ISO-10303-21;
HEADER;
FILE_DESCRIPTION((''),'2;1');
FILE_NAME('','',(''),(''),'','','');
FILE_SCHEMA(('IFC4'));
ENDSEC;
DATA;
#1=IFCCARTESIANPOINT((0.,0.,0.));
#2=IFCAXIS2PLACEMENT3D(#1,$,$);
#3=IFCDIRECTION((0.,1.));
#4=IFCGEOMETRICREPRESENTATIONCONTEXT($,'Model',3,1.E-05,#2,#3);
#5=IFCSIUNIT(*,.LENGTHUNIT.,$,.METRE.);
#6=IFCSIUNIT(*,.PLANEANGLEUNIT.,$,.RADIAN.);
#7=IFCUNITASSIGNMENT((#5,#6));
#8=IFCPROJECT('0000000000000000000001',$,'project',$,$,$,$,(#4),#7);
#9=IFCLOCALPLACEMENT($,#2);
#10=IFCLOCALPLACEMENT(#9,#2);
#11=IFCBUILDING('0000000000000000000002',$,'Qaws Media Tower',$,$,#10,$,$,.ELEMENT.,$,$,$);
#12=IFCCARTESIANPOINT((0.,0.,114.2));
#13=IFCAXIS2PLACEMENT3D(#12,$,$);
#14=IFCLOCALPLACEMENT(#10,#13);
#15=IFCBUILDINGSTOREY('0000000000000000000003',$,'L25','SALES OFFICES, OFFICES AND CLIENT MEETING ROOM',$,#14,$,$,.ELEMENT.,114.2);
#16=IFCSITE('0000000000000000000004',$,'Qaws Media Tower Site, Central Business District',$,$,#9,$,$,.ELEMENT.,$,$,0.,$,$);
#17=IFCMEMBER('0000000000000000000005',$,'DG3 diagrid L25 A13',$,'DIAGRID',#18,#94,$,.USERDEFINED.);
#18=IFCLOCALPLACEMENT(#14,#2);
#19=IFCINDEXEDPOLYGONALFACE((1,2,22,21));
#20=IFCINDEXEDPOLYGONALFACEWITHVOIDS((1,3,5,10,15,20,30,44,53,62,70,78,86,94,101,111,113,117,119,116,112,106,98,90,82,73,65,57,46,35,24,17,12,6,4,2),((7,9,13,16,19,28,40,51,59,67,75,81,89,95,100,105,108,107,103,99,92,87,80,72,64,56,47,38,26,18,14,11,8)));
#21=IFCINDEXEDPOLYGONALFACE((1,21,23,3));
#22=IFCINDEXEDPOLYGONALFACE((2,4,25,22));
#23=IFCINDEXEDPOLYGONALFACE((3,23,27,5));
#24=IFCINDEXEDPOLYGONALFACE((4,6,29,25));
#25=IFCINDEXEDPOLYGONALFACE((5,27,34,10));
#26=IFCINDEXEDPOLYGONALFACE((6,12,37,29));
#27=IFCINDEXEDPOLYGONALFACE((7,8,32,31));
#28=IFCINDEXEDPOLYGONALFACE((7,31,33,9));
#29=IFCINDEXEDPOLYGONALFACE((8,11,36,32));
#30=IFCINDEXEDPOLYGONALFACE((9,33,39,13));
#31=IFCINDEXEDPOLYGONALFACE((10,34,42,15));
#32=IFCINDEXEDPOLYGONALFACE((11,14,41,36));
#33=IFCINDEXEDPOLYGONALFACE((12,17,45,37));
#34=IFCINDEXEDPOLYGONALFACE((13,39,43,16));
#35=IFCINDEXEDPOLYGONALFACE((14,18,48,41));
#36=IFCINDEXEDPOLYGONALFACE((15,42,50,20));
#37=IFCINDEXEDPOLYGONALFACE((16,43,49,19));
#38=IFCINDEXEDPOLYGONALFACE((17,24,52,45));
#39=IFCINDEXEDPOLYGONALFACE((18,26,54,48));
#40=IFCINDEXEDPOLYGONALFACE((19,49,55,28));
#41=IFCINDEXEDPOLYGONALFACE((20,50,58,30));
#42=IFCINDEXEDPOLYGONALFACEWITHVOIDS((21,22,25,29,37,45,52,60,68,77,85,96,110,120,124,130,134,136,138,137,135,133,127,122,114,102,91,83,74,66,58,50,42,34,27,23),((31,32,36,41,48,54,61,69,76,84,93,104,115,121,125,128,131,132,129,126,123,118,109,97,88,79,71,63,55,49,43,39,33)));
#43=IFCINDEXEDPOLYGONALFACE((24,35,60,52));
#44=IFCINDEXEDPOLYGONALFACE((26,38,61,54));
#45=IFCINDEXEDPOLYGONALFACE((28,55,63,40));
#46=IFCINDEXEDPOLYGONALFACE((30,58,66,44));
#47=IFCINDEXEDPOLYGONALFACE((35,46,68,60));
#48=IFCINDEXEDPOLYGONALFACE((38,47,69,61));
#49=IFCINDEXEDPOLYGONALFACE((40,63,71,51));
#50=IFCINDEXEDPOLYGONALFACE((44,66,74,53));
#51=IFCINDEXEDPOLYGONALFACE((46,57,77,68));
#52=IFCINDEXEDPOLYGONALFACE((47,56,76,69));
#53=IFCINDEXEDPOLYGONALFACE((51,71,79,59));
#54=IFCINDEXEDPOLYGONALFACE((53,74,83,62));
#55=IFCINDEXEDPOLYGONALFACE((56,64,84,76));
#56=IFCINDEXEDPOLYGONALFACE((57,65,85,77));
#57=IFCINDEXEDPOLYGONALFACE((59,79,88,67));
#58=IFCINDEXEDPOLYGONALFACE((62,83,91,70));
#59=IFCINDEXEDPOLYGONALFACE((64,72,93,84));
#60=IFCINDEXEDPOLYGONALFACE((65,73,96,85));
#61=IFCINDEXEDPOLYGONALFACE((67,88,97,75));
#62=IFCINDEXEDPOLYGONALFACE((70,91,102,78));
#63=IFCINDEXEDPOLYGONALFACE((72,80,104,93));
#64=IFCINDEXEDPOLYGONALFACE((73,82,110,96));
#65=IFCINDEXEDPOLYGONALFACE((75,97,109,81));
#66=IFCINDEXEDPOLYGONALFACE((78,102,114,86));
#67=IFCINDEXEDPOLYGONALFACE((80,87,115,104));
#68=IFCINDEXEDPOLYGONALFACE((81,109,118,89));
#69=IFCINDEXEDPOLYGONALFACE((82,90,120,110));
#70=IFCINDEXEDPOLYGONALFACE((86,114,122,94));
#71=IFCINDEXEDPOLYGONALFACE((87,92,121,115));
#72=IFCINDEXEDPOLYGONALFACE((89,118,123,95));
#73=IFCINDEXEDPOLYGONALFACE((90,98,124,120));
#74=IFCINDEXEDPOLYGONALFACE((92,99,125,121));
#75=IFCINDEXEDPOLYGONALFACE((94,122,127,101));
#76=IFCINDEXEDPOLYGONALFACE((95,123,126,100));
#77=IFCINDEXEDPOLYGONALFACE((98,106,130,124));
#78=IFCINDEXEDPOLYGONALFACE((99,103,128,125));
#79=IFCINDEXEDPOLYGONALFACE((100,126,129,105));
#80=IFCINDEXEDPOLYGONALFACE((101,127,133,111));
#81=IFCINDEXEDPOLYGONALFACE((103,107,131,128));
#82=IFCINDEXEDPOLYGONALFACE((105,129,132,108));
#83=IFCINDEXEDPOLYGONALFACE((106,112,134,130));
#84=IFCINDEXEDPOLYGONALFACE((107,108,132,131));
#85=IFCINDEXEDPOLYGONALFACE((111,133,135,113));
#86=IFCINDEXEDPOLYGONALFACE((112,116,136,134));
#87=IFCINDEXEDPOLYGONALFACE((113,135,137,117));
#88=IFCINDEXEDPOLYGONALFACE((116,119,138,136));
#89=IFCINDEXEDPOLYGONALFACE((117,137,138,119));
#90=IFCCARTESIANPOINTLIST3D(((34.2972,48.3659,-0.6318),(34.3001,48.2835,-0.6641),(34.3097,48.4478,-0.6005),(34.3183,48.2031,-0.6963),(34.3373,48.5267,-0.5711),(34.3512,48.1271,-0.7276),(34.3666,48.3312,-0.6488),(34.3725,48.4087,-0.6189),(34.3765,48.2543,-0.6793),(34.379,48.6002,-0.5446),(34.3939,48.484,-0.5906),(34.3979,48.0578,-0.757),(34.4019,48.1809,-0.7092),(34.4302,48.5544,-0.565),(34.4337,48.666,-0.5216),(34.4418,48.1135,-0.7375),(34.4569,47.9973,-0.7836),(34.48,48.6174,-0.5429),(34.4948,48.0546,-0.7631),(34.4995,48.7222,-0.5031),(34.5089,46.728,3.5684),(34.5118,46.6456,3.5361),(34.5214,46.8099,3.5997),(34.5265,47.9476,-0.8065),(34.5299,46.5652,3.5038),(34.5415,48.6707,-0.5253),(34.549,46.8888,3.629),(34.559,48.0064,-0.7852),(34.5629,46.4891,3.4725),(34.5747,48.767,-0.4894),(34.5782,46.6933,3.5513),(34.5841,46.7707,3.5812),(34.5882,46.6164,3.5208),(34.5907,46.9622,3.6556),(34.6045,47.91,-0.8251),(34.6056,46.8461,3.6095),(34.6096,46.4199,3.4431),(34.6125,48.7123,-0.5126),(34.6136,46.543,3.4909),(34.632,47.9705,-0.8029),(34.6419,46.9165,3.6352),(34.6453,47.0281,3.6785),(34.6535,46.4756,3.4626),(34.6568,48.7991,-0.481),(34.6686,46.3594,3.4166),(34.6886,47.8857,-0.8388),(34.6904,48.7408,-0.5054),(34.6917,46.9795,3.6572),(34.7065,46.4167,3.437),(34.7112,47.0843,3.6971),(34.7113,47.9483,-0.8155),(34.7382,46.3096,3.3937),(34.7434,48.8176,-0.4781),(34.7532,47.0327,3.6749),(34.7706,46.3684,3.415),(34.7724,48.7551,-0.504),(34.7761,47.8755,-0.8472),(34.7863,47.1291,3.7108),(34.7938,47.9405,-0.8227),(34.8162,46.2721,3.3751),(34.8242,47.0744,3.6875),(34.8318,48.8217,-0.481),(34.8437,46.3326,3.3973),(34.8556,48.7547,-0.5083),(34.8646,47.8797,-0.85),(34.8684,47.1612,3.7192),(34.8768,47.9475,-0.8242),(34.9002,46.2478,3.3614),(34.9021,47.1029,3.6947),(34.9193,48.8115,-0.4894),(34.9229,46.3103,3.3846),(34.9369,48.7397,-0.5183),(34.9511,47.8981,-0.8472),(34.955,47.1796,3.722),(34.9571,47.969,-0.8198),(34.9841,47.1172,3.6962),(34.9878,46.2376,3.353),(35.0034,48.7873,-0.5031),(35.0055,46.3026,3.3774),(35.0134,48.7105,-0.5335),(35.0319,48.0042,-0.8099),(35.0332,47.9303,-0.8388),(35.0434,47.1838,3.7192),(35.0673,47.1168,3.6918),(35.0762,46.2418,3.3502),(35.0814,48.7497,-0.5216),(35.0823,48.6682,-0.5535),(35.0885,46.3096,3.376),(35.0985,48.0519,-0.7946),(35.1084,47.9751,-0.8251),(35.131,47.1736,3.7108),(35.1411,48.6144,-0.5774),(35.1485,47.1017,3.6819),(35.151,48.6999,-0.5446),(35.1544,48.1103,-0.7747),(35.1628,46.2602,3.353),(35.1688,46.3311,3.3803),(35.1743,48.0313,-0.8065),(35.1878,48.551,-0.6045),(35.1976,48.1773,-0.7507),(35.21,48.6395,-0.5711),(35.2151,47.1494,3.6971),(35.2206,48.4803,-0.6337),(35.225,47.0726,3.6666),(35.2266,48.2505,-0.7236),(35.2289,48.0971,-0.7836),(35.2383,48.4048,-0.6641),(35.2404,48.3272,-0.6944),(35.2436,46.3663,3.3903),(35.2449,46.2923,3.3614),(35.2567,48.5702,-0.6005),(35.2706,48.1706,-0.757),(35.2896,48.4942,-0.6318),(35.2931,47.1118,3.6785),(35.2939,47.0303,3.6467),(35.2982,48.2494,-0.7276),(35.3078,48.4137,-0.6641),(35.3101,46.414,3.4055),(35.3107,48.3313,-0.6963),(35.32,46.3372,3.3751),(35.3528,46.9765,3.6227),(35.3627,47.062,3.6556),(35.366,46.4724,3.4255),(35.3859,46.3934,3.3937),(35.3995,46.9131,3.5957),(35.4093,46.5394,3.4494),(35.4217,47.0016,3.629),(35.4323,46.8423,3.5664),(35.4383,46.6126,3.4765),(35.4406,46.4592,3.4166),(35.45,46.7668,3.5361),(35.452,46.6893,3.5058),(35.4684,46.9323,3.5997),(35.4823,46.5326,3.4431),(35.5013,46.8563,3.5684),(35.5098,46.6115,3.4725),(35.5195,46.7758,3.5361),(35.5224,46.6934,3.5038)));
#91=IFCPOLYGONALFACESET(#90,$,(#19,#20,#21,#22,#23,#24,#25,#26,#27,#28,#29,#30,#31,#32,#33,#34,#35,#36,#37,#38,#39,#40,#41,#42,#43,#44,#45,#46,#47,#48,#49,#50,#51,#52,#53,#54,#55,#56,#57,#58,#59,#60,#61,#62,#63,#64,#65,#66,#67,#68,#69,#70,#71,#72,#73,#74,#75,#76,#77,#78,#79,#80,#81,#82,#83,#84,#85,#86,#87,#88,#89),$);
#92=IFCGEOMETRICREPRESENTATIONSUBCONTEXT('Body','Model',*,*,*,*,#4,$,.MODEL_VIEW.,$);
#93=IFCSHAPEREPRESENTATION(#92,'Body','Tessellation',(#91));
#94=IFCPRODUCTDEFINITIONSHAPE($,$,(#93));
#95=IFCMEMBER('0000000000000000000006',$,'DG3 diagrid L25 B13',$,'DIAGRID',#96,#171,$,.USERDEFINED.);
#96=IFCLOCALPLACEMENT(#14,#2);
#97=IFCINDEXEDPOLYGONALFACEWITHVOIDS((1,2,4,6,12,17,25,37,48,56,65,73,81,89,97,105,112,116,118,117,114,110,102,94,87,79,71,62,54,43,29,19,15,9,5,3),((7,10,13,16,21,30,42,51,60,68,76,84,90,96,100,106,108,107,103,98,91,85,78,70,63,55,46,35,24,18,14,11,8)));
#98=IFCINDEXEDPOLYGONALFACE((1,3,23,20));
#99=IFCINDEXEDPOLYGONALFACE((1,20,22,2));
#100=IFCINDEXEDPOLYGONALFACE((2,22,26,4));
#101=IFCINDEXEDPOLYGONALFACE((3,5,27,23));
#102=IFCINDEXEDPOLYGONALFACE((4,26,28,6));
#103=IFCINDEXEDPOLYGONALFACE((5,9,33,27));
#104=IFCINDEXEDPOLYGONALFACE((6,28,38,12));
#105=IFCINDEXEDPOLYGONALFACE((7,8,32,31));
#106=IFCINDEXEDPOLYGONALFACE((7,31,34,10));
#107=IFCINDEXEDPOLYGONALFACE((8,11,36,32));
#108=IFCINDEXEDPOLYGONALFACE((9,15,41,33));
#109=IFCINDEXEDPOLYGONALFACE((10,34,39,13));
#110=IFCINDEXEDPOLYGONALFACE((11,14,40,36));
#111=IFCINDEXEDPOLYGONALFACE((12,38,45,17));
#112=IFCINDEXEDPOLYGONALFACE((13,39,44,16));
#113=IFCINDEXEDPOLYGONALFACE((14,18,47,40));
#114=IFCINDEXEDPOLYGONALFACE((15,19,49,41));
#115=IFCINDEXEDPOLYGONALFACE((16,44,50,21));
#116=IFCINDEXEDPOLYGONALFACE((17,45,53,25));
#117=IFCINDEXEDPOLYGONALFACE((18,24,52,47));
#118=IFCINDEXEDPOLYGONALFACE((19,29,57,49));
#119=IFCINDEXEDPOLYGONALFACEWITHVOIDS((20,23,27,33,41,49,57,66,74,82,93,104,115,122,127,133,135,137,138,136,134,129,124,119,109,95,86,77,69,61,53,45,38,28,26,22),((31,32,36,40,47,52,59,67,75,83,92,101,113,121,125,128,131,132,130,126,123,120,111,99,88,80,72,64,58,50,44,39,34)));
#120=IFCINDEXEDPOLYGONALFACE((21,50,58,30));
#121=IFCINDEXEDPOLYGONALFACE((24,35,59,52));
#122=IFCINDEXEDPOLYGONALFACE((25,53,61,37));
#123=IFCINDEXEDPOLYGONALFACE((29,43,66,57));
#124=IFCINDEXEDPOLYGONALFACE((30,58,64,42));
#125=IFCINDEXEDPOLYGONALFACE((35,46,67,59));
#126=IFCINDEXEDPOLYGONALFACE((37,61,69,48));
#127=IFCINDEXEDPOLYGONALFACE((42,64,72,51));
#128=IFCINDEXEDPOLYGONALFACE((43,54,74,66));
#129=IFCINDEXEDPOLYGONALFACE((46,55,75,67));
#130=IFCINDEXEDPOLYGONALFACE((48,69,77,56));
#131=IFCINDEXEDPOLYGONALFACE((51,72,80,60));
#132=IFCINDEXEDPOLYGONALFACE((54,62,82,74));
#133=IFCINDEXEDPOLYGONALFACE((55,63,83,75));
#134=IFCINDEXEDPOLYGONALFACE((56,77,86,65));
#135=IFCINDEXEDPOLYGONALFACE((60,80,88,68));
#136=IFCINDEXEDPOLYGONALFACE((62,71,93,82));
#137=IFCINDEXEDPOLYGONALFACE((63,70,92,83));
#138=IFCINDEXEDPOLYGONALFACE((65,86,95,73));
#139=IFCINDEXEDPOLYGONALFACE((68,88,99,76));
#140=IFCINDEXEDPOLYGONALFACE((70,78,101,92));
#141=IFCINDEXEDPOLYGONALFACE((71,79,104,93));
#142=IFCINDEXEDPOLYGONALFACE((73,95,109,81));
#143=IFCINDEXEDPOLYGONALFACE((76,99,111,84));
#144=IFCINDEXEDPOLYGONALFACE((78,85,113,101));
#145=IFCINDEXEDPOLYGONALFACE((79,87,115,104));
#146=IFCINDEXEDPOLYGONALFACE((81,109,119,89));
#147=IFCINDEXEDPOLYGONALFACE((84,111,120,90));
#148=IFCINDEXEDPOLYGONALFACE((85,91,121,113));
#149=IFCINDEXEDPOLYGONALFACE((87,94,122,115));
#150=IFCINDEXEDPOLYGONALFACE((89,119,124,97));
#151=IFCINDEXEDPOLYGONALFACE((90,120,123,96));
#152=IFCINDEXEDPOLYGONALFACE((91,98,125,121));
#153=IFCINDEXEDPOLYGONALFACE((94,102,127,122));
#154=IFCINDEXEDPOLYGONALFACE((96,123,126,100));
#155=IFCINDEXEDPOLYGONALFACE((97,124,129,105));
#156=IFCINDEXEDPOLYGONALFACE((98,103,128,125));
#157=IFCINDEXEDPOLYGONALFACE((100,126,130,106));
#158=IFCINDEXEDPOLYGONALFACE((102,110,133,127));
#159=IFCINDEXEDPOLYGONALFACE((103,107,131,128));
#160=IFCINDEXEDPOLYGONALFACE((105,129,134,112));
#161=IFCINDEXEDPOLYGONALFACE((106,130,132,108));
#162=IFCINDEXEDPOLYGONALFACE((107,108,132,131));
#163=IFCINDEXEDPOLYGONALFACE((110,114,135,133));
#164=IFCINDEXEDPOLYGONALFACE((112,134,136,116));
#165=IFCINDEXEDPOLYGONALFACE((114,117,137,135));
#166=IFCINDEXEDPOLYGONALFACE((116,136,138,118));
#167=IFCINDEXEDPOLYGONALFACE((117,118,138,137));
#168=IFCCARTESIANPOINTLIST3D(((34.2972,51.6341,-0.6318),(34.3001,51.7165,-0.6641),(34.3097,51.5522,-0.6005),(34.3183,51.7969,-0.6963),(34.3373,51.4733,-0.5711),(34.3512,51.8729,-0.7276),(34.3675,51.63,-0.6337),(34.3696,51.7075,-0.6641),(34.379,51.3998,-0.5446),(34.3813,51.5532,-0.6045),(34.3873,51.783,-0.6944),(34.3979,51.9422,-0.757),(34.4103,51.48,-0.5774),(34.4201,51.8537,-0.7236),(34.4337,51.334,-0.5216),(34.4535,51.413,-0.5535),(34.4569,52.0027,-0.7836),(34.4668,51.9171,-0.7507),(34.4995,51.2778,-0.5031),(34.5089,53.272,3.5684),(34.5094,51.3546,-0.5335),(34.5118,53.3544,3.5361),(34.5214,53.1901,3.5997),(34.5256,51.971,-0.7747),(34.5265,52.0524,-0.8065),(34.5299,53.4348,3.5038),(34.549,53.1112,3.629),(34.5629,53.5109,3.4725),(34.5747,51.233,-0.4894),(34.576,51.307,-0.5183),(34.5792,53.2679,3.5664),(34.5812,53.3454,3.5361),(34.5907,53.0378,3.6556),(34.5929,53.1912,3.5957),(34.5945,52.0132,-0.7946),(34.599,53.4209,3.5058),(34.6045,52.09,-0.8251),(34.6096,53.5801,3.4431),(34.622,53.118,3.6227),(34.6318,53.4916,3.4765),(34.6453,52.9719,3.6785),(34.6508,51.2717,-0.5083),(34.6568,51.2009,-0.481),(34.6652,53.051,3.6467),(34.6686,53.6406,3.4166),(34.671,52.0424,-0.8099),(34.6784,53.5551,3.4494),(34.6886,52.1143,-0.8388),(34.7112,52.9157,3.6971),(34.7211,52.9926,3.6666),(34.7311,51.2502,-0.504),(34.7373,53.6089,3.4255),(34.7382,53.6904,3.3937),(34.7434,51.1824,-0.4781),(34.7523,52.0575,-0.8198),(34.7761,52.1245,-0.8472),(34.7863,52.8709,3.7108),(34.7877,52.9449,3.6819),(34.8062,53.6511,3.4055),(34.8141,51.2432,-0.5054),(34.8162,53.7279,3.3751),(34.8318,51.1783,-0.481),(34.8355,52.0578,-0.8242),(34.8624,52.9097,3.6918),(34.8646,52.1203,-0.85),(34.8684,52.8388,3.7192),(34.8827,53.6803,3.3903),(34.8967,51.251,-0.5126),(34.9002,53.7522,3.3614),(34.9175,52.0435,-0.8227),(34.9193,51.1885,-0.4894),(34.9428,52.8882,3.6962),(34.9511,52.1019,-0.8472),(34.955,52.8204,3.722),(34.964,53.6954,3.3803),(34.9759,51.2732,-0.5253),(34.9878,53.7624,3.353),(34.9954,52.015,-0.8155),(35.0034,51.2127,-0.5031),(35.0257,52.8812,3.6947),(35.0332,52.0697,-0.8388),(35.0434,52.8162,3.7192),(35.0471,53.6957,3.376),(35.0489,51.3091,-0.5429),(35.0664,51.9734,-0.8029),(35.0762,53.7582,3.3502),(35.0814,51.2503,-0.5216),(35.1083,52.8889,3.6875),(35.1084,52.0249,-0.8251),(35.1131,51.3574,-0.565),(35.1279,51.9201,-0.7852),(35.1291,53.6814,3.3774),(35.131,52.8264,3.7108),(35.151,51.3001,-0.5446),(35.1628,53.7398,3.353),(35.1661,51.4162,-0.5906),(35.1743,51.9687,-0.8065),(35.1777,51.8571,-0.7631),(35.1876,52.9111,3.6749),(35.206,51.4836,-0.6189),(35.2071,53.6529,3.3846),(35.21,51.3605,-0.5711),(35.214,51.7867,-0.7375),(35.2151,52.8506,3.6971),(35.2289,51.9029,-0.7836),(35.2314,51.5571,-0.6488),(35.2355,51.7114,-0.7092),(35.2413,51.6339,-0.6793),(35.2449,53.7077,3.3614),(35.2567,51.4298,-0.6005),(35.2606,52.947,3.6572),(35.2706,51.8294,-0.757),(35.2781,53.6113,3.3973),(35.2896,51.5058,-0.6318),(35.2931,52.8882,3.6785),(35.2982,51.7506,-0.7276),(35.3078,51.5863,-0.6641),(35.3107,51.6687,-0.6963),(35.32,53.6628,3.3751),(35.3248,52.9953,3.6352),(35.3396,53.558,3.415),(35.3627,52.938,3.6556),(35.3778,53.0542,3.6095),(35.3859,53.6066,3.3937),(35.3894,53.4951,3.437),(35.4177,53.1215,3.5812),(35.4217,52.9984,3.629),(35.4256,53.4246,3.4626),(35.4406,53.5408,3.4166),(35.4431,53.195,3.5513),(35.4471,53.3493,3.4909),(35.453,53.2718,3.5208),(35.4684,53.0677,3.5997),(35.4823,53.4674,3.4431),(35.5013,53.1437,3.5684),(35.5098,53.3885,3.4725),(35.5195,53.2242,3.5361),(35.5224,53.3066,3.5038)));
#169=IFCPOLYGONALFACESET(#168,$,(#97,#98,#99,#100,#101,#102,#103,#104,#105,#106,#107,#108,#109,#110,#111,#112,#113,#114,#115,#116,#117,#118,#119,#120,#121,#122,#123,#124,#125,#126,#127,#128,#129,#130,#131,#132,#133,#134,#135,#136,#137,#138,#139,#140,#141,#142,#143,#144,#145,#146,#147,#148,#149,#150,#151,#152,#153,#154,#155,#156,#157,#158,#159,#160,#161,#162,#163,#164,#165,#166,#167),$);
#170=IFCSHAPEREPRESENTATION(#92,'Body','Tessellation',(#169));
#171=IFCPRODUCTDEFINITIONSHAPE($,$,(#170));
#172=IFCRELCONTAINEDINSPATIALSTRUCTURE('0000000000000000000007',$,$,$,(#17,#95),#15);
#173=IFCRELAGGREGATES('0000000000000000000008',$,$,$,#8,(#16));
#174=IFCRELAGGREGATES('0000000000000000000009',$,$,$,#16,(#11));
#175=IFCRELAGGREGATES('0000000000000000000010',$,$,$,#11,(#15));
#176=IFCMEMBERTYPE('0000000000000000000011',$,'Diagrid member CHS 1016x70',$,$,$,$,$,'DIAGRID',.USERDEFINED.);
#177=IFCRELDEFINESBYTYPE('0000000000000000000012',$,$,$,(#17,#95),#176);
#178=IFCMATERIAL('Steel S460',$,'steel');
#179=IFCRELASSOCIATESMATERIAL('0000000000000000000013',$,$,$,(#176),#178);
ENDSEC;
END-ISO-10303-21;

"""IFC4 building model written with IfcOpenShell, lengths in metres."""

from ifc_helpers import new_model, si_unit, direction, frame, origin, origin_2d, place, context, subcontext, project, spatial, hollow_circle, extrude, material, material_profile, profile_set, type_object, element, save


model = new_model("IFC4")

# Units and contexts
model_context = context("Model", 3, precision=1e-05, world=origin(), true_north=direction((0.0, 1.0)))
body_context = subcontext(model_context, "Body", "Model", "MODEL_VIEW")
ifc_project = project(units=[si_unit("LENGTHUNIT", "METRE"), si_unit("PLANEANGLEUNIT", "RADIAN")], contexts=[model_context])

# Site, building, storey
site_placement = place(None, origin())
site = spatial("IfcSite", under=ifc_project, at=site_placement, Name="Qaws Media Tower Site, Central Business District", CompositionType="ELEMENT", RefElevation=0.0)
building_placement = place(site_placement, origin())
building = spatial("IfcBuilding", under=site, at=building_placement, Name="Qaws Media Tower", CompositionType="ELEMENT")
storey_placement = place(building_placement, frame((0.0, 0.0, 114.2)))
storey = spatial("IfcBuildingStorey", under=building, at=storey_placement, Name="L25", Description="SALES OFFICES, OFFICES AND CLIENT MEETING ROOM", CompositionType="ELEMENT", Elevation=114.2)

# Members
ifc_material_1 = material(Name="Steel S460", Category="steel")
ifc_material_profile_1 = material_profile(ifc_material_1, hollow_circle(Radius=0.5081, WallThickness=0.0701, at=origin_2d()), Name="CHS 1016x70")
ifc_profile_set_1 = profile_set([ifc_material_profile_1], Name="Steel S460")
member_type_1 = type_object("IfcMemberType", Name="Diagrid member CHS 1016x70", ElementType="DIAGRID", PredefinedType="USERDEFINED", material=ifc_profile_set_1)
for number, where, z_axis, x_axis, name in (
    (1, (34.804, 48.3486, -0.6641), (0.0469, -0.362919, 0.93064), (0.991753, 0.128164, 0.0), "DG3 diagrid L25 A13"),
    (2, (34.804, 51.6514, -0.6641), (0.0469, 0.362919, 0.93064), (-0.991753, 0.128164, 0.0), "DG3 diagrid L25 B13"),
):
    element("IfcMember", number, at=place(storey_placement, frame(where, z_axis=z_axis, x_axis=x_axis)), inside=storey, type_object=member_type_1, Name=name, ObjectType="DIAGRID", PredefinedType="USERDEFINED", context=body_context, shape_type="SweptSolid", body=[
        extrude(hollow_circle(Radius=0.5081, WallThickness=0.0701, at=origin_2d()), origin(), (0.0, 0.0, 1.0), 4.5132),
    ])

save(model, "model.ifc")
